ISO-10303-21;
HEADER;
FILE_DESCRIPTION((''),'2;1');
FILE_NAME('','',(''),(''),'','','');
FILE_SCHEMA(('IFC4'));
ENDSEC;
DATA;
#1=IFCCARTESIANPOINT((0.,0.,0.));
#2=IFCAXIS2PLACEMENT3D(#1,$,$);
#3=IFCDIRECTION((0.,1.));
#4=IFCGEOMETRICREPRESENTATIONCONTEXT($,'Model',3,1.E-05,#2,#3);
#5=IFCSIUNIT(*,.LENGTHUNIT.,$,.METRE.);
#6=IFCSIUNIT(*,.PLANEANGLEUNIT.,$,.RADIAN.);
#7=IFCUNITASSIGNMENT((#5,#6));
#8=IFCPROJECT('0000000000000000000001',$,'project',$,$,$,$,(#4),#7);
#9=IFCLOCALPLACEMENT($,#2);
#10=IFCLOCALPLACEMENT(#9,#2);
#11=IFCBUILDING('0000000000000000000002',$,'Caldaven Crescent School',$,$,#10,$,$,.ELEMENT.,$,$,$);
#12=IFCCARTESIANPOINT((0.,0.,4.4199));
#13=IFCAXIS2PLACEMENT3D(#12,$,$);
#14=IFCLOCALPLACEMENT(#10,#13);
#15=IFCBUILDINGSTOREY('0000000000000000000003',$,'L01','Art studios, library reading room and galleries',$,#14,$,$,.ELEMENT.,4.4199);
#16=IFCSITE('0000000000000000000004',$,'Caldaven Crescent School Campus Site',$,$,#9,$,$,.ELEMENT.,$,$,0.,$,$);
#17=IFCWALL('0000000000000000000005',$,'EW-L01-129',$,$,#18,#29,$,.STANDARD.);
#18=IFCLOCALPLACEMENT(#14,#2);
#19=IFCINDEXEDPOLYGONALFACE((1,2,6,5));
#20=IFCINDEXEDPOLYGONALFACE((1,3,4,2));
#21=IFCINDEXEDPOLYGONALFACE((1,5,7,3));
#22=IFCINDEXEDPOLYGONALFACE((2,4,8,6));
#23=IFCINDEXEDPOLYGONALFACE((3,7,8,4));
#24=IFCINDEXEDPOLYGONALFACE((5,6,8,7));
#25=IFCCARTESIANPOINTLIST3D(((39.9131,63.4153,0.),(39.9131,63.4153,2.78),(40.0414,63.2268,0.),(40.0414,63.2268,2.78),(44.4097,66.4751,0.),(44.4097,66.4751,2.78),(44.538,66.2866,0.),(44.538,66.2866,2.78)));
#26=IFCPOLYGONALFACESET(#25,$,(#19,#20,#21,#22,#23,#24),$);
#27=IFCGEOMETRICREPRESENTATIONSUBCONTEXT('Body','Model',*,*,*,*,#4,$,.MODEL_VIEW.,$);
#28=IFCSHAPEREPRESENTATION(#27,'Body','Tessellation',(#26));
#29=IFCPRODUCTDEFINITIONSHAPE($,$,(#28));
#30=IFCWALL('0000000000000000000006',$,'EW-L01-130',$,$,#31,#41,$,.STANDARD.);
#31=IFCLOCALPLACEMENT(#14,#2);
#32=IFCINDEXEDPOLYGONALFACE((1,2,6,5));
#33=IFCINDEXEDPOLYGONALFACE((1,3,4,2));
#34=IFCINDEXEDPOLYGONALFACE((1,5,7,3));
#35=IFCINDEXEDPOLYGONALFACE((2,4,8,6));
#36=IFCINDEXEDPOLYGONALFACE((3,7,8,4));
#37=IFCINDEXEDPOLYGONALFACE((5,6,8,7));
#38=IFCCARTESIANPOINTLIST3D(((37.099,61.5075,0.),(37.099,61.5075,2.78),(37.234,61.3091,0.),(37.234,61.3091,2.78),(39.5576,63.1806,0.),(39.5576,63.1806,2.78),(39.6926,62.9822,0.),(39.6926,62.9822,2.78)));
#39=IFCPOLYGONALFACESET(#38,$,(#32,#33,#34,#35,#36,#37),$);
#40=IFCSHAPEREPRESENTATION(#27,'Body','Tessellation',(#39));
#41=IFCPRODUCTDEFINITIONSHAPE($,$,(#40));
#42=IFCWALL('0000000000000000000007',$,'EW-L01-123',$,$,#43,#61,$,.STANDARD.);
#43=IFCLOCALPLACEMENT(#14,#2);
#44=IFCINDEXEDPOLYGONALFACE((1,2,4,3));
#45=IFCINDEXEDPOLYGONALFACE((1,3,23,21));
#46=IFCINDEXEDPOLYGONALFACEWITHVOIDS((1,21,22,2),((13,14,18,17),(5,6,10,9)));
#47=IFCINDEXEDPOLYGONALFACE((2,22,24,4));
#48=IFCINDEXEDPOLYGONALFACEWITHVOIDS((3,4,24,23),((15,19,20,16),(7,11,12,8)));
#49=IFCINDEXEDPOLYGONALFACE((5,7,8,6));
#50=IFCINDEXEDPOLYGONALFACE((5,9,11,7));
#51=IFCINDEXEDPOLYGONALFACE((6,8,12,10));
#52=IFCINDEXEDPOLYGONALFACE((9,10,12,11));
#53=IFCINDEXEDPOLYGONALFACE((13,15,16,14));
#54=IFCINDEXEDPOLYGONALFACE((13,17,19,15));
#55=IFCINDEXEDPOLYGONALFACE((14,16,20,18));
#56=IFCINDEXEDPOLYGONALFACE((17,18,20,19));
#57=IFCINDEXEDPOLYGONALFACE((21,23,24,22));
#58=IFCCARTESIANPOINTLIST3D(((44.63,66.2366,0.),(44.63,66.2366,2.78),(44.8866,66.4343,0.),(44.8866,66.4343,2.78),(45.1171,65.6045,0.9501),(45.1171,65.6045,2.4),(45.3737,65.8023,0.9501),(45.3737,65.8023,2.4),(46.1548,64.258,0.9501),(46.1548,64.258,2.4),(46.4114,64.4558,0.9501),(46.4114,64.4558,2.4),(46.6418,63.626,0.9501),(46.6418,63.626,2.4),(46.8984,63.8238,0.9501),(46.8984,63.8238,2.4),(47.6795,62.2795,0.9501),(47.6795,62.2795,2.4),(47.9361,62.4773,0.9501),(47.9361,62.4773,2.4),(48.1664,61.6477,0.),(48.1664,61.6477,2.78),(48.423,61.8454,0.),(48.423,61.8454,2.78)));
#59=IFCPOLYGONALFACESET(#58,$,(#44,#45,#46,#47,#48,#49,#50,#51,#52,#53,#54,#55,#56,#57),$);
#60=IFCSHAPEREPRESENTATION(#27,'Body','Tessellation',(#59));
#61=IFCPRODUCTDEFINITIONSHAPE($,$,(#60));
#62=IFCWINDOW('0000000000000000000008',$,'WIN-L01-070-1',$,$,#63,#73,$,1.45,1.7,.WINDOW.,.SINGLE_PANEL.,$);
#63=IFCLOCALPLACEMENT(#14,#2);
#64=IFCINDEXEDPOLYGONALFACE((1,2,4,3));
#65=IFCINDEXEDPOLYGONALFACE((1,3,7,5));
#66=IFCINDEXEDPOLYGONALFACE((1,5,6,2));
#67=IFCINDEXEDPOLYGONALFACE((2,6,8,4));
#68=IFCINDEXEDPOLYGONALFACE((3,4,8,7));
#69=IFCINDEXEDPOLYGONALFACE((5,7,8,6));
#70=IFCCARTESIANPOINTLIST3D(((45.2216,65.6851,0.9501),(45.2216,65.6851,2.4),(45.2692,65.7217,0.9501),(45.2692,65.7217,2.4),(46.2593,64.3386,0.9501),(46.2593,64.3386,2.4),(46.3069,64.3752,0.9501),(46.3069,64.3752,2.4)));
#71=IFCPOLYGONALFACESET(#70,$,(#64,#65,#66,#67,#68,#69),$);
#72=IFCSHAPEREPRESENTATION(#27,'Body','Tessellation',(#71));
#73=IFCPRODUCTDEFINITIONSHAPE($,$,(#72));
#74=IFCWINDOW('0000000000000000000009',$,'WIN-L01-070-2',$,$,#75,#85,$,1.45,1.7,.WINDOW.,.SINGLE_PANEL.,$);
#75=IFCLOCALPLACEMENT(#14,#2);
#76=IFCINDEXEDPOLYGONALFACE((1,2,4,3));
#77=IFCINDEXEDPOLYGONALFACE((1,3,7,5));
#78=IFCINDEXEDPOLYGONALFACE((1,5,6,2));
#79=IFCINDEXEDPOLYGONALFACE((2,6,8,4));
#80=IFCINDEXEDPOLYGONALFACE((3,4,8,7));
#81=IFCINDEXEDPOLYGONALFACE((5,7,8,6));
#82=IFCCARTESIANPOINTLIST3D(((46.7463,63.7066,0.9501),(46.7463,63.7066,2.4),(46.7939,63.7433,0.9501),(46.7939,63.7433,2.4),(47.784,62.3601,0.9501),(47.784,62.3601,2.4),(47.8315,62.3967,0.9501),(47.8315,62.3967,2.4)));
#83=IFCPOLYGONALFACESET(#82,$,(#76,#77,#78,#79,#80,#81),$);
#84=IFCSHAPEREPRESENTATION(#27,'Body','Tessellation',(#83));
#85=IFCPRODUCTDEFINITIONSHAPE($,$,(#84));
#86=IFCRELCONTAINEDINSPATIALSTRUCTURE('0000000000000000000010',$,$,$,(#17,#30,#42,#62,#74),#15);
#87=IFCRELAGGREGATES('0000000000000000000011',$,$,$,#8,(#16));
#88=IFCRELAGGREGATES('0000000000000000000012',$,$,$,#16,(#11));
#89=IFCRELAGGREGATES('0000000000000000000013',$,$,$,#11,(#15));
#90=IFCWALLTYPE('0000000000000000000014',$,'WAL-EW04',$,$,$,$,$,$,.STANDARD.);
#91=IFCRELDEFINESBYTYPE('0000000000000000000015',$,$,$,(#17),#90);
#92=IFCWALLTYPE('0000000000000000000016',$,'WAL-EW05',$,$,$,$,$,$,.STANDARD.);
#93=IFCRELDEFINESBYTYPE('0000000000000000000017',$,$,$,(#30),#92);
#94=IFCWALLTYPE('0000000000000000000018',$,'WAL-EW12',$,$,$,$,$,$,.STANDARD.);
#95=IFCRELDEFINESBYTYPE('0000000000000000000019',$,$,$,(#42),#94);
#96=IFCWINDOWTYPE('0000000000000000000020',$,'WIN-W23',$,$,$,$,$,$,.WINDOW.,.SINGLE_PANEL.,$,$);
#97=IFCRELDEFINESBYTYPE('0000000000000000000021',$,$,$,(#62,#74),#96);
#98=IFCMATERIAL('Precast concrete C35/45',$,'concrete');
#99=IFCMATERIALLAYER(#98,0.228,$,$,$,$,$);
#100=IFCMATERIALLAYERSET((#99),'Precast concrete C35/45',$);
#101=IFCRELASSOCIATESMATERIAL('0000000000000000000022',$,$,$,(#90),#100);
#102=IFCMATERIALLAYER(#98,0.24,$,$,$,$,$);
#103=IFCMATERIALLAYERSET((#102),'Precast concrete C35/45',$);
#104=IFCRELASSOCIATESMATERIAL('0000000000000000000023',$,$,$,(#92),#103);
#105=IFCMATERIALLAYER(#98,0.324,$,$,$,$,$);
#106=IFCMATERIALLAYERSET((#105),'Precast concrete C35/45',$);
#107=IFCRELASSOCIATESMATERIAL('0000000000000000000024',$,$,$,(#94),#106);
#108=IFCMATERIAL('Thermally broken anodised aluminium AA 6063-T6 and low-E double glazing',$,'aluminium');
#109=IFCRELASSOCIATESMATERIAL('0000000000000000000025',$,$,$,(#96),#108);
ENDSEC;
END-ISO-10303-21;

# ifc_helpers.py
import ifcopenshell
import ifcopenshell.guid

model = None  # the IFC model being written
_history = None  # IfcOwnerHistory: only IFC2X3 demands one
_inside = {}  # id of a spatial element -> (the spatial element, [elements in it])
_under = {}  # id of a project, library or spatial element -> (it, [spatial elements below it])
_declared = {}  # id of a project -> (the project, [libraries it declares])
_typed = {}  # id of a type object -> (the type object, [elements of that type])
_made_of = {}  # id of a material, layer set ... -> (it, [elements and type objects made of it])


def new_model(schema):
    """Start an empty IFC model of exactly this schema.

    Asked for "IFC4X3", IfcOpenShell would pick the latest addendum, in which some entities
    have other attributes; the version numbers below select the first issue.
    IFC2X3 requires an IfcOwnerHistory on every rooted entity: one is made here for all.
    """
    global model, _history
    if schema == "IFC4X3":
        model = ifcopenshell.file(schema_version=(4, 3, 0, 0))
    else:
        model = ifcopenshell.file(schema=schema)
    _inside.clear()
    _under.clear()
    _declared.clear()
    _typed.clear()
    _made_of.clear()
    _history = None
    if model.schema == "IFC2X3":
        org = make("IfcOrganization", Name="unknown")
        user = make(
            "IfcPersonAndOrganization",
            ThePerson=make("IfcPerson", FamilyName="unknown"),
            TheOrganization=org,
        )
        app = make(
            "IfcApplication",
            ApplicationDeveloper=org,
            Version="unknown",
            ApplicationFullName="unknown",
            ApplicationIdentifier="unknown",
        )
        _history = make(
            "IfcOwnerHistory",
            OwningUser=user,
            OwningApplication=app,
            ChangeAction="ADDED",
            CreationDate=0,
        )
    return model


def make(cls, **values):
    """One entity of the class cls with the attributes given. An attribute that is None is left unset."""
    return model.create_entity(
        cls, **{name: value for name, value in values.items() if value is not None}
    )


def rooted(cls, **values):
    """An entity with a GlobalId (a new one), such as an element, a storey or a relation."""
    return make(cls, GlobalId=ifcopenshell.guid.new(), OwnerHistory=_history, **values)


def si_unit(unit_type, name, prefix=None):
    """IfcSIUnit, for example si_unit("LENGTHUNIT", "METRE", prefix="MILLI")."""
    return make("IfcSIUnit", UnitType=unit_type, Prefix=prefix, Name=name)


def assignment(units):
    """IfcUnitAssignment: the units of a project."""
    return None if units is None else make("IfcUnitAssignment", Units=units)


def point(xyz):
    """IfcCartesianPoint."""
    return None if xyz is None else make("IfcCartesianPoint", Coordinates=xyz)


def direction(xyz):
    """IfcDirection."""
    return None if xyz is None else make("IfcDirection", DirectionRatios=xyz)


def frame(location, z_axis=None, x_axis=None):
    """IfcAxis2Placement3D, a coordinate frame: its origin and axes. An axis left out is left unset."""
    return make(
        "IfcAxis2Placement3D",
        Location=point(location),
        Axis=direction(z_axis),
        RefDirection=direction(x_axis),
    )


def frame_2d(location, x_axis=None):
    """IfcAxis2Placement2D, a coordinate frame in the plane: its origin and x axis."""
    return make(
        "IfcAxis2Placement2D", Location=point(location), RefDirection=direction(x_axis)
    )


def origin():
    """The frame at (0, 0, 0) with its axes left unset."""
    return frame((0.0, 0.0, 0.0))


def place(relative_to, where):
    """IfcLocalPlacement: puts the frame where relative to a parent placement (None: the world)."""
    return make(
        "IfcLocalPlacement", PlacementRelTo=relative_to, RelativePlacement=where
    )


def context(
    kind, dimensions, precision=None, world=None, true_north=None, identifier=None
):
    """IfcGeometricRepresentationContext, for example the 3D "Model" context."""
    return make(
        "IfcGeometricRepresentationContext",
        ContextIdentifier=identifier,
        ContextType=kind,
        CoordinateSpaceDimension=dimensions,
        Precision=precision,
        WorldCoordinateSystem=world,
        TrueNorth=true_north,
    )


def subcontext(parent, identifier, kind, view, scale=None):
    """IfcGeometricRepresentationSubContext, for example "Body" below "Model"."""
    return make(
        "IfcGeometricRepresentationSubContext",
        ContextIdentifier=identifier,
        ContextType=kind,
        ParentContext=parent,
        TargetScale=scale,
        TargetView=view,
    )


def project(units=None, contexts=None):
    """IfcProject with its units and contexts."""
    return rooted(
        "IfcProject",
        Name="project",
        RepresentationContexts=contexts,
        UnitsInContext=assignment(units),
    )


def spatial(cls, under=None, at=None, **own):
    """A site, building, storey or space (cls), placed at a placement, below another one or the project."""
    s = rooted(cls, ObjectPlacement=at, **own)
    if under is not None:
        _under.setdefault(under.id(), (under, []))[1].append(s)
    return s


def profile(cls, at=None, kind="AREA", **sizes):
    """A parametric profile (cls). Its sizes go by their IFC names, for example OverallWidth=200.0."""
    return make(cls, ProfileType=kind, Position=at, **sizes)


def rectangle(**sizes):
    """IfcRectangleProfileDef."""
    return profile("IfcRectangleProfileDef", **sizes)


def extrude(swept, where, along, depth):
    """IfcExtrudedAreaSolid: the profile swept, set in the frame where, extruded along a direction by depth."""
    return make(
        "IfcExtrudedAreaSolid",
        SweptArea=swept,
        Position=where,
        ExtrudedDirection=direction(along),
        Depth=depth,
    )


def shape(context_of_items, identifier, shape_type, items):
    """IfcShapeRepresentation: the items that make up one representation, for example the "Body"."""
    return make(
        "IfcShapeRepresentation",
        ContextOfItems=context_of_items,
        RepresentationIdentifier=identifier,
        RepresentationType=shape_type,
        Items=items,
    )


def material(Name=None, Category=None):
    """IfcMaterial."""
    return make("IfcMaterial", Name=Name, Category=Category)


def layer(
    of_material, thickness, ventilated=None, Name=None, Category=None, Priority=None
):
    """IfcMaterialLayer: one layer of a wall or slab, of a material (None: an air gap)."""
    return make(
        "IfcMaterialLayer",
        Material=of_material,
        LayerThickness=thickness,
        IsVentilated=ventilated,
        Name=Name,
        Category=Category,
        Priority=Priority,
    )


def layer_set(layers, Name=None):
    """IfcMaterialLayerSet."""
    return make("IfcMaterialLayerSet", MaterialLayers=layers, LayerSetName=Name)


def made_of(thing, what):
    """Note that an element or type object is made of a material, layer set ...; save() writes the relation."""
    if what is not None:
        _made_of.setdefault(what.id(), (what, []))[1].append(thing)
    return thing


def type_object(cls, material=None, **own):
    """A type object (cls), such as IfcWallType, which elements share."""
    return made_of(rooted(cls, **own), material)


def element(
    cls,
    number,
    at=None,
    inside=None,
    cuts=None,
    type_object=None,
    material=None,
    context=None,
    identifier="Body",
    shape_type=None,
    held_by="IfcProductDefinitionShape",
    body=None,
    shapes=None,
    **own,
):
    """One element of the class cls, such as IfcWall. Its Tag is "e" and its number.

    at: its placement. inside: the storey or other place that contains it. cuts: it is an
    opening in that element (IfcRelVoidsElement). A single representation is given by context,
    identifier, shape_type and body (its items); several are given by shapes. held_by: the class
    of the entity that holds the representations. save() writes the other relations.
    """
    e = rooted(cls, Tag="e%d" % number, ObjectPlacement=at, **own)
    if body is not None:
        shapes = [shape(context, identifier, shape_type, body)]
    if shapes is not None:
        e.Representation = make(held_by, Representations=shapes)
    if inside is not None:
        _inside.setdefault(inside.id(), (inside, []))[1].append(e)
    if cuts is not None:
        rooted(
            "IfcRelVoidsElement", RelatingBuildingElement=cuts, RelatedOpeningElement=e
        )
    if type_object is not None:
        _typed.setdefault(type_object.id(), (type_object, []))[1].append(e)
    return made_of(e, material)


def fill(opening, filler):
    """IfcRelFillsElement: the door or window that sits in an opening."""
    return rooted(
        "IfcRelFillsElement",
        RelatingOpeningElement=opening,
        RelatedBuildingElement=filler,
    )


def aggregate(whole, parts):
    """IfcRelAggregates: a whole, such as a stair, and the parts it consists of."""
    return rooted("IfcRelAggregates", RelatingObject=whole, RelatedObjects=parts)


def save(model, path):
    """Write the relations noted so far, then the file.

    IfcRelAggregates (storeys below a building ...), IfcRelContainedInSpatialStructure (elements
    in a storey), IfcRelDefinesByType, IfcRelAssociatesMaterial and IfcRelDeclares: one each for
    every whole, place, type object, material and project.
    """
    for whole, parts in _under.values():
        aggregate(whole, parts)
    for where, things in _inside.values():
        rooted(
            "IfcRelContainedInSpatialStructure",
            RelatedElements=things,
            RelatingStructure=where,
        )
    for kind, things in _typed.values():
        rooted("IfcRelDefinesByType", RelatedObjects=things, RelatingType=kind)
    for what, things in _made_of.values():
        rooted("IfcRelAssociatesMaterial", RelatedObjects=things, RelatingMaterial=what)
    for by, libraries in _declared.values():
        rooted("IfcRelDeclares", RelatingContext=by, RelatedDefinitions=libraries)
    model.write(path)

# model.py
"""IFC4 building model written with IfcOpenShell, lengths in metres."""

from ifc_helpers import new_model, si_unit, direction, frame, frame_2d, origin, place, context, subcontext, project, spatial, rectangle, extrude, material, layer, layer_set, type_object, element, fill, save


model = new_model("IFC4")

# Units and contexts
model_context = context("Model", 3, precision=1e-05, world=origin(), true_north=direction((0.0, 1.0)))
body_context = subcontext(model_context, "Body", "Model", "MODEL_VIEW")
ifc_project = project(units=[si_unit("LENGTHUNIT", "METRE"), si_unit("PLANEANGLEUNIT", "RADIAN")], contexts=[model_context])

# Site, building, storey
site_placement = place(None, origin())
site = spatial("IfcSite", under=ifc_project, at=site_placement, Name="Caldaven Crescent School Campus Site", CompositionType="ELEMENT", RefElevation=0.0)
building_placement = place(site_placement, origin())
building = spatial("IfcBuilding", under=site, at=building_placement, Name="Caldaven Crescent School", CompositionType="ELEMENT")
storey_placement = place(building_placement, frame((0.0, 0.0, 4.4199)))
storey = spatial("IfcBuildingStorey", under=building, at=storey_placement, Name="L01", Description="Art studios, library reading room and galleries", CompositionType="ELEMENT", Elevation=4.4199)

# Walls
ifc_material_1 = material(Name="Precast concrete C35/45", Category="concrete")
ifc_layer_1 = layer(ifc_material_1, 0.228)
ifc_layer_set_1 = layer_set([ifc_layer_1], Name="Precast concrete C35/45")
wall_type_1 = type_object("IfcWallType", Name="WAL-EW04", PredefinedType="STANDARD", material=ifc_layer_set_1)
wall_1_placement = place(storey_placement, frame((44.4739, 66.3809, 0.0), z_axis=(0.0, 0.0, 1.0), x_axis=(-0.826744, -0.562579, 0.0)))
element("IfcWall", 1, at=wall_1_placement, inside=storey, type_object=wall_type_1, Name="EW-L01-129", PredefinedType="STANDARD", context=body_context, shape_type="SweptSolid", body=[
    extrude(rectangle(XDim=5.439, YDim=0.228, at=frame_2d((2.7195, 0.0))), origin(), (0.0, 0.0, 1.0), 2.78),
])
ifc_layer_2 = layer(ifc_material_1, 0.24)
ifc_layer_set_2 = layer_set([ifc_layer_2], Name="Precast concrete C35/45")
wall_type_2 = type_object("IfcWallType", Name="WAL-EW05", PredefinedType="STANDARD", material=ifc_layer_set_2)
wall_2_placement = place(storey_placement, frame((39.625, 63.0813, 0.0), z_axis=(0.0, 0.0, 1.0), x_axis=(-0.826746, -0.562575, 0.0)))
element("IfcWall", 2, at=wall_2_placement, inside=storey, type_object=wall_type_2, Name="EW-L01-130", PredefinedType="STANDARD", context=body_context, shape_type="SweptSolid", body=[
    extrude(rectangle(XDim=2.9739, YDim=0.24, at=frame_2d((1.4868, 0.0))), origin(), (0.0, 0.0, 1.0), 2.78),
])

# Wall, openings, windows
ifc_layer_3 = layer(ifc_material_1, 0.324)
ifc_layer_set_3 = layer_set([ifc_layer_3], Name="Precast concrete C35/45")
wall_type_3 = type_object("IfcWallType", Name="WAL-EW12", PredefinedType="STANDARD", material=ifc_layer_set_3)
wall_3_placement = place(storey_placement, frame((44.7583, 66.3354, 0.0), z_axis=(0.0, 0.0, 1.0), x_axis=(0.610413, -0.792083, 0.0)))
wall_3 = element("IfcWall", 3, at=wall_3_placement, inside=storey, type_object=wall_type_3, Name="EW-L01-123", PredefinedType="STANDARD", context=body_context, shape_type="SweptSolid", body=[
    extrude(rectangle(XDim=5.7935, YDim=0.324, at=frame_2d((2.8967, 0.0))), origin(), (0.0, 0.0, 1.0), 2.78),
])
opening_1_placement = place(wall_3_placement, frame((0.7979, 0.0, 0.95)))
opening_1 = element("IfcOpeningElement", 4, at=opening_1_placement, cuts=wall_3, PredefinedType="OPENING", context=body_context, shape_type="SweptSolid", body=[
    extrude(rectangle(XDim=1.7, YDim=1.45, at=frame_2d((0.8501, 0.7251))), frame((0.0, 0.1719, 0.0), z_axis=(0.0, -1.0, 0.0), x_axis=(1.0, 0.0, 0.0)), (0.0, 0.0, 1.0), 0.344),
])
opening_2_placement = place(wall_3_placement, frame((3.2957, 0.0, 0.95)))
opening_2 = element("IfcOpeningElement", 5, at=opening_2_placement, cuts=wall_3, PredefinedType="OPENING", context=body_context, shape_type="SweptSolid", body=[
    extrude(rectangle(XDim=1.7, YDim=1.45, at=frame_2d((0.8501, 0.7251))), frame((0.0, 0.1719, 0.0), z_axis=(0.0, -1.0, 0.0), x_axis=(1.0, 0.0, 0.0)), (0.0, 0.0, 1.0), 0.344),
])
ifc_material_2 = material(Name="Thermally broken anodised aluminium AA 6063-T6 and low-E double glazing", Category="aluminium")
window_type = type_object("IfcWindowType", Name="WIN-W23", PartitioningType="SINGLE_PANEL", PredefinedType="WINDOW", material=ifc_material_2)
window_1_placement = place(opening_1_placement, origin())
window_1 = element("IfcWindow", 6, at=window_1_placement, inside=storey, type_object=window_type, Name="WIN-L01-070-1", OverallHeight=1.45, OverallWidth=1.7, PartitioningType="SINGLE_PANEL", PredefinedType="WINDOW", context=body_context, shape_type="SweptSolid", body=[
    extrude(rectangle(XDim=1.7, YDim=1.45, at=frame_2d((0.8501, 0.7251))), frame((0.0, 0.03, 0.0), z_axis=(0.0, -1.0, 0.0), x_axis=(1.0, 0.0, 0.0)), (0.0, 0.0, 1.0), 0.0601),
])
fill(opening_1, window_1)
window_2_placement = place(opening_2_placement, origin())
window_2 = element("IfcWindow", 7, at=window_2_placement, inside=storey, type_object=window_type, Name="WIN-L01-070-2", OverallHeight=1.45, OverallWidth=1.7, PartitioningType="SINGLE_PANEL", PredefinedType="WINDOW", context=body_context, shape_type="SweptSolid", body=[
    extrude(rectangle(XDim=1.7, YDim=1.45, at=frame_2d((0.8501, 0.7251))), frame((0.0, 0.03, 0.0), z_axis=(0.0, -1.0, 0.0), x_axis=(1.0, 0.0, 0.0)), (0.0, 0.0, 1.0), 0.0601),
])
fill(opening_2, window_2)

save(model, "model.ifc")
